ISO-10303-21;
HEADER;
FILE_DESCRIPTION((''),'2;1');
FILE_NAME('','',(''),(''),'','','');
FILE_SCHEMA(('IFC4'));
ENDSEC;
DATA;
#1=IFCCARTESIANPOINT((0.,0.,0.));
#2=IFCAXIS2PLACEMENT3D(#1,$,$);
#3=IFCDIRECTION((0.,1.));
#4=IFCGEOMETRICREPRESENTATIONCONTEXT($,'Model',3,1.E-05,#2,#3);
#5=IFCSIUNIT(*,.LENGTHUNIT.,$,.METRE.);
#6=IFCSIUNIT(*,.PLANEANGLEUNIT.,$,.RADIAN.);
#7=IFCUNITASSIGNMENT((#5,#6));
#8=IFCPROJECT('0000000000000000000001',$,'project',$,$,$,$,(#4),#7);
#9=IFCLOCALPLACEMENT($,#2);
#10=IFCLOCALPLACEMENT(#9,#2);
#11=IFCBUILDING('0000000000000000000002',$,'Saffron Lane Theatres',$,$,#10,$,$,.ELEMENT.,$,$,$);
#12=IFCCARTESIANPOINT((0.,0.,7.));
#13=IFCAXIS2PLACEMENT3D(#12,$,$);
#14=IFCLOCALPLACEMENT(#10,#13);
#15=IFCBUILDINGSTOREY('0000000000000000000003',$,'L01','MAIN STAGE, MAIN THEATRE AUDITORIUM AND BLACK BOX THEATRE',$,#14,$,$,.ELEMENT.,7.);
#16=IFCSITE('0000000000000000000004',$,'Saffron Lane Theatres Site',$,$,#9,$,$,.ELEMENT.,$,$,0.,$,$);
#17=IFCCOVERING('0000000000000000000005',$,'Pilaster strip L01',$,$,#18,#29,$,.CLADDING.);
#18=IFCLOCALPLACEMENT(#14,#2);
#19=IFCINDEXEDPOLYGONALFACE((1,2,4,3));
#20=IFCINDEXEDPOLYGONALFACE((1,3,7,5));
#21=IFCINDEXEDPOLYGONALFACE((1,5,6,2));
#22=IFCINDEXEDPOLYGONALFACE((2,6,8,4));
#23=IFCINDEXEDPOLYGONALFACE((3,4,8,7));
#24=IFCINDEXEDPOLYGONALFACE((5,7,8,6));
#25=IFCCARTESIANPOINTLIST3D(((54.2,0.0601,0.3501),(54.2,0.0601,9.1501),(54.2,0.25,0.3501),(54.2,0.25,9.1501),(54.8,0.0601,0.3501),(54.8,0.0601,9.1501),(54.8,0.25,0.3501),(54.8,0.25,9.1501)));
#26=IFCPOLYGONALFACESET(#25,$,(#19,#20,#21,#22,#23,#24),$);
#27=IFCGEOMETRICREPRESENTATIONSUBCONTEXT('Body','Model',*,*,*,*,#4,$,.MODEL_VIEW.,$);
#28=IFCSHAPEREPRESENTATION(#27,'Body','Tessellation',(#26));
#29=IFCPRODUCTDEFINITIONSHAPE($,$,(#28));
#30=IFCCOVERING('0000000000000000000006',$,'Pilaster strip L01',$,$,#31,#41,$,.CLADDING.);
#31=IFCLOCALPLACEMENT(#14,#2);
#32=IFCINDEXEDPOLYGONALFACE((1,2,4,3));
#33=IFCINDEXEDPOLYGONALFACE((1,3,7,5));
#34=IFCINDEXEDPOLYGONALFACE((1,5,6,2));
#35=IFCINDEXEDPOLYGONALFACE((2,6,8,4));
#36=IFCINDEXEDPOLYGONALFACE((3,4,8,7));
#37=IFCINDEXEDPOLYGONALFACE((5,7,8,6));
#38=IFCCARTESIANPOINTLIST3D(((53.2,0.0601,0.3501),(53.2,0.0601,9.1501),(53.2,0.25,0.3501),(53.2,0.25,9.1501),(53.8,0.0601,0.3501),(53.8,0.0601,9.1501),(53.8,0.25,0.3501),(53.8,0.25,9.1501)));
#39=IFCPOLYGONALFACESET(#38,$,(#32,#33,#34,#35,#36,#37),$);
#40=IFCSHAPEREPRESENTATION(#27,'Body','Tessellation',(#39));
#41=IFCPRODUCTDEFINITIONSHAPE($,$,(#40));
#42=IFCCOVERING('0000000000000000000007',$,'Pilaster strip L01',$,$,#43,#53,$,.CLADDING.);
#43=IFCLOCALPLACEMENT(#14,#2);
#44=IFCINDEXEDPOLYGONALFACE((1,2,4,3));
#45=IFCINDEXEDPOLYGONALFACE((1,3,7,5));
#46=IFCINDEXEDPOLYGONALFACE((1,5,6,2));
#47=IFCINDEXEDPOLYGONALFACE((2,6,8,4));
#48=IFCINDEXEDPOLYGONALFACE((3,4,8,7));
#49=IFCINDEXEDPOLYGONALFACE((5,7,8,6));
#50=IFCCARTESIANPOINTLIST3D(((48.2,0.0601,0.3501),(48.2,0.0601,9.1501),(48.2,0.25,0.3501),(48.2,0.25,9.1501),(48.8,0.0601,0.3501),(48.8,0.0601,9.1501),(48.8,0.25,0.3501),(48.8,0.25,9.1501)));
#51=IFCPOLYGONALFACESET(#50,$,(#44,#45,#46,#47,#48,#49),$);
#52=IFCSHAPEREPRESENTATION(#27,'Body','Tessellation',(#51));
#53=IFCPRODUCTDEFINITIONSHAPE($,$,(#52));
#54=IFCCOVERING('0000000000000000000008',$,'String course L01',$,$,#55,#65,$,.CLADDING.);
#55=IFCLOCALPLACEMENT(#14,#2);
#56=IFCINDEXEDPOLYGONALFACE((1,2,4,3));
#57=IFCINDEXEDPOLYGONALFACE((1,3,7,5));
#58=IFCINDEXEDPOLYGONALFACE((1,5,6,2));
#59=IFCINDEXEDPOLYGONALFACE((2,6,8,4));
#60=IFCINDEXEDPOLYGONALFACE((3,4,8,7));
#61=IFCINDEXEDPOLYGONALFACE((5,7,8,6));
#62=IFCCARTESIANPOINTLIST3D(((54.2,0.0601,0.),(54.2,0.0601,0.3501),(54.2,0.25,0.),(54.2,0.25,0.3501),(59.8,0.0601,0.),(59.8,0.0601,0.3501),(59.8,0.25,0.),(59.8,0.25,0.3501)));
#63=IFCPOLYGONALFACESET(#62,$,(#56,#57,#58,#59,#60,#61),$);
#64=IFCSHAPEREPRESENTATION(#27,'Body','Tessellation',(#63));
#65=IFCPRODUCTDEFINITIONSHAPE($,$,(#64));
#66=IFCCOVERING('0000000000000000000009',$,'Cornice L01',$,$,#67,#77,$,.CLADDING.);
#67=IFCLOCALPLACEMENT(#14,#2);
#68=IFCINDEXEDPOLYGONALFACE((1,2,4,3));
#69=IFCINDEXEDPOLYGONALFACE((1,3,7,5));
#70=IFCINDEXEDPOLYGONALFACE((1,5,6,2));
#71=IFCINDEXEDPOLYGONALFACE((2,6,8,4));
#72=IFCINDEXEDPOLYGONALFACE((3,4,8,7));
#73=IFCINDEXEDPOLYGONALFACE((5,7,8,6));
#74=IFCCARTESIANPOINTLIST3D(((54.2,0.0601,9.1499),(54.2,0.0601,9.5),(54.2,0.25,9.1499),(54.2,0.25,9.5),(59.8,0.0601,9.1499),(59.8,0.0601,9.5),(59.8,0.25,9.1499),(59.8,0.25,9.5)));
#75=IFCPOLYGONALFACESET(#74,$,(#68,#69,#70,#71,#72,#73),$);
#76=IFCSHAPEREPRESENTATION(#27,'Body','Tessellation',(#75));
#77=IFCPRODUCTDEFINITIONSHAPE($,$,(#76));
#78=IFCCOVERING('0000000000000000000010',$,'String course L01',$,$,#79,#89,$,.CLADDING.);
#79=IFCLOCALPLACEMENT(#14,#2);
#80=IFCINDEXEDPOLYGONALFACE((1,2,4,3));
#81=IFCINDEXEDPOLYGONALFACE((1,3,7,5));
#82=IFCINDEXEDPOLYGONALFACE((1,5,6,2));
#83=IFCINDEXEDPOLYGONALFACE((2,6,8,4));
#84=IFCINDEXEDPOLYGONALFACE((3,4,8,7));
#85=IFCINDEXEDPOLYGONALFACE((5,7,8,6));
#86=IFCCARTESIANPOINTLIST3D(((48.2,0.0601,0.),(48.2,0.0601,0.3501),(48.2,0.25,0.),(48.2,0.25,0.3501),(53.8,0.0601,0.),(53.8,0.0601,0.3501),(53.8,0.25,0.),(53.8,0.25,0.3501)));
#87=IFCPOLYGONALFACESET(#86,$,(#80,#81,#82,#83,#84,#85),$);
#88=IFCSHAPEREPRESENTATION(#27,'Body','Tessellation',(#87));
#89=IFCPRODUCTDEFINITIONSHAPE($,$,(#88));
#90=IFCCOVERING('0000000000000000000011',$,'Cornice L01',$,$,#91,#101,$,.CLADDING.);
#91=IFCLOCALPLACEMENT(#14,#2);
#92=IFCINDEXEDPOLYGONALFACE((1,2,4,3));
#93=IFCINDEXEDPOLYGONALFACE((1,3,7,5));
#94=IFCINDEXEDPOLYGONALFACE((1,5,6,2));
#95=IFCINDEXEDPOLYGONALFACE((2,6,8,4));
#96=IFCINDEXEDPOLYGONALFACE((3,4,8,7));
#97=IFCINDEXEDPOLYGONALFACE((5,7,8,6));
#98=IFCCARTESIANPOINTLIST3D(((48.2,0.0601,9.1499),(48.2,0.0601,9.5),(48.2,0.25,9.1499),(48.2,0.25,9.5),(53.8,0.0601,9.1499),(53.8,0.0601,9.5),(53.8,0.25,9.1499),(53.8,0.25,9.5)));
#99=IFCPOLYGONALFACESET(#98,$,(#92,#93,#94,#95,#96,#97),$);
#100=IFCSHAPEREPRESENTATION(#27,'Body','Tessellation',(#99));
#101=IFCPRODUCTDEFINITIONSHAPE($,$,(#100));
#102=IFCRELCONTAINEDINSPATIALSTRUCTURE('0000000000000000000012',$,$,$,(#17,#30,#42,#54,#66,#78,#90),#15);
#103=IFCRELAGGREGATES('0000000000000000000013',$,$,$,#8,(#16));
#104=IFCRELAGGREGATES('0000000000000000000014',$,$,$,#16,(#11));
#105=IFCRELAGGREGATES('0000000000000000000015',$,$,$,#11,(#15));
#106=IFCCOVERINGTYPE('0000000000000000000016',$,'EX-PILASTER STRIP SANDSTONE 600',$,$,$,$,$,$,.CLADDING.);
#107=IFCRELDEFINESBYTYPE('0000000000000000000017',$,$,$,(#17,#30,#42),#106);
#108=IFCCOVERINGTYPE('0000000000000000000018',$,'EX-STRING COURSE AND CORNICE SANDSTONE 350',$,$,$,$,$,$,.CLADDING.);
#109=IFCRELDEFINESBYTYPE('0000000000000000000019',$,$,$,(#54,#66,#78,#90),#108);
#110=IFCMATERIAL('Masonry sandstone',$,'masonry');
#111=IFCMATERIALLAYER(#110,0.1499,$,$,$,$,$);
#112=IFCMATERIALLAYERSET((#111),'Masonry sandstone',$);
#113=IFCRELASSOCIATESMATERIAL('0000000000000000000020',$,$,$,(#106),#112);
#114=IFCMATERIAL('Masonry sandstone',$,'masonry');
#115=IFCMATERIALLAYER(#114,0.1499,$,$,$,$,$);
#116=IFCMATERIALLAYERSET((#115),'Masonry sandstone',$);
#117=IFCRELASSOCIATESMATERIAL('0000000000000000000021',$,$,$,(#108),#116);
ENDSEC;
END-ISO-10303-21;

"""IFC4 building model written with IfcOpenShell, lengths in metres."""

from ifc_helpers import new_model, si_unit, direction, frame, origin, origin_2d, place, context, subcontext, project, spatial, rectangle, extrude, material, layer, layer_set, type_object, element, save


model = new_model("IFC4")

# Units and contexts
model_context = context("Model", 3, precision=1e-05, world=origin(), true_north=direction((0.0, 1.0)))
body_context = subcontext(model_context, "Body", "Model", "MODEL_VIEW")
ifc_project = project(units=[si_unit("LENGTHUNIT", "METRE"), si_unit("PLANEANGLEUNIT", "RADIAN")], contexts=[model_context])

# Site, building, storey
site_placement = place(None, origin())
site = spatial("IfcSite", under=ifc_project, at=site_placement, Name="Saffron Lane Theatres Site", CompositionType="ELEMENT", RefElevation=0.0)
building_placement = place(site_placement, origin())
building = spatial("IfcBuilding", under=site, at=building_placement, Name="Saffron Lane Theatres", CompositionType="ELEMENT")
storey_placement = place(building_placement, frame((0.0, 0.0, 7.0)))
storey = spatial("IfcBuildingStorey", under=building, at=storey_placement, Name="L01", Description="MAIN STAGE, MAIN THEATRE AUDITORIUM AND BLACK BOX THEATRE", CompositionType="ELEMENT", Elevation=7.0)

# Coverings
ifc_material_1 = material(Name="Masonry sandstone", Category="masonry")
ifc_layer_1 = layer(ifc_material_1, 0.1499)
ifc_layer_set_1 = layer_set([ifc_layer_1], Name="Masonry sandstone")
covering_type_1 = type_object("IfcCoveringType", Name="EX-PILASTER STRIP SANDSTONE 600", PredefinedType="CLADDING", material=ifc_layer_set_1)
for number, where, z_axis, x_axis, name in (
    (1, (54.5, 0.155, 0.3501), (0.0, 0.0, 1.0), (-1.0, 0.0, 0.0), "Pilaster strip L01"),
    (2, (53.5, 0.155, 0.3501), (0.0, 0.0, 1.0), (-1.0, 0.0, 0.0), "Pilaster strip L01"),
    (3, (48.5, 0.155, 0.3501), (0.0, 0.0, 1.0), (-1.0, 0.0, 0.0), "Pilaster strip L01"),
):
    element("IfcCovering", number, at=place(storey_placement, frame(where, z_axis=z_axis, x_axis=x_axis)), inside=storey, type_object=covering_type_1, Name=name, PredefinedType="CLADDING", context=body_context, shape_type="SweptSolid", body=[
        extrude(rectangle(XDim=0.6001, YDim=0.1899, at=origin_2d()), origin(), (0.0, 0.0, 1.0), 8.8),
    ])
ifc_material_2 = material(Name="Masonry sandstone", Category="masonry")
ifc_layer_2 = layer(ifc_material_2, 0.1499)
ifc_layer_set_2 = layer_set([ifc_layer_2], Name="Masonry sandstone")
covering_type_2 = type_object("IfcCoveringType", Name="EX-STRING COURSE AND CORNICE SANDSTONE 350", PredefinedType="CLADDING", material=ifc_layer_set_2)
for number, where, z_axis, x_axis, name in (
    (4, (57.0, 0.155, 0.0), (0.0, 0.0, 1.0), (-1.0, 0.0, 0.0), "String course L01"),
    (5, (57.0, 0.155, 9.1499), (0.0, 0.0, 1.0), (-1.0, 0.0, 0.0), "Cornice L01"),
    (6, (51.0, 0.155, 0.0), (0.0, 0.0, 1.0), (-1.0, 0.0, 0.0), "String course L01"),
    (7, (51.0, 0.155, 9.1499), (0.0, 0.0, 1.0), (-1.0, 0.0, 0.0), "Cornice L01"),
):
    element("IfcCovering", number, at=place(storey_placement, frame(where, z_axis=z_axis, x_axis=x_axis)), inside=storey, type_object=covering_type_2, Name=name, PredefinedType="CLADDING", context=body_context, shape_type="SweptSolid", body=[
        extrude(rectangle(XDim=5.6001, YDim=0.1899, at=origin_2d()), origin(), (0.0, 0.0, 1.0), 0.3501),
    ])

save(model, "model.ifc")
